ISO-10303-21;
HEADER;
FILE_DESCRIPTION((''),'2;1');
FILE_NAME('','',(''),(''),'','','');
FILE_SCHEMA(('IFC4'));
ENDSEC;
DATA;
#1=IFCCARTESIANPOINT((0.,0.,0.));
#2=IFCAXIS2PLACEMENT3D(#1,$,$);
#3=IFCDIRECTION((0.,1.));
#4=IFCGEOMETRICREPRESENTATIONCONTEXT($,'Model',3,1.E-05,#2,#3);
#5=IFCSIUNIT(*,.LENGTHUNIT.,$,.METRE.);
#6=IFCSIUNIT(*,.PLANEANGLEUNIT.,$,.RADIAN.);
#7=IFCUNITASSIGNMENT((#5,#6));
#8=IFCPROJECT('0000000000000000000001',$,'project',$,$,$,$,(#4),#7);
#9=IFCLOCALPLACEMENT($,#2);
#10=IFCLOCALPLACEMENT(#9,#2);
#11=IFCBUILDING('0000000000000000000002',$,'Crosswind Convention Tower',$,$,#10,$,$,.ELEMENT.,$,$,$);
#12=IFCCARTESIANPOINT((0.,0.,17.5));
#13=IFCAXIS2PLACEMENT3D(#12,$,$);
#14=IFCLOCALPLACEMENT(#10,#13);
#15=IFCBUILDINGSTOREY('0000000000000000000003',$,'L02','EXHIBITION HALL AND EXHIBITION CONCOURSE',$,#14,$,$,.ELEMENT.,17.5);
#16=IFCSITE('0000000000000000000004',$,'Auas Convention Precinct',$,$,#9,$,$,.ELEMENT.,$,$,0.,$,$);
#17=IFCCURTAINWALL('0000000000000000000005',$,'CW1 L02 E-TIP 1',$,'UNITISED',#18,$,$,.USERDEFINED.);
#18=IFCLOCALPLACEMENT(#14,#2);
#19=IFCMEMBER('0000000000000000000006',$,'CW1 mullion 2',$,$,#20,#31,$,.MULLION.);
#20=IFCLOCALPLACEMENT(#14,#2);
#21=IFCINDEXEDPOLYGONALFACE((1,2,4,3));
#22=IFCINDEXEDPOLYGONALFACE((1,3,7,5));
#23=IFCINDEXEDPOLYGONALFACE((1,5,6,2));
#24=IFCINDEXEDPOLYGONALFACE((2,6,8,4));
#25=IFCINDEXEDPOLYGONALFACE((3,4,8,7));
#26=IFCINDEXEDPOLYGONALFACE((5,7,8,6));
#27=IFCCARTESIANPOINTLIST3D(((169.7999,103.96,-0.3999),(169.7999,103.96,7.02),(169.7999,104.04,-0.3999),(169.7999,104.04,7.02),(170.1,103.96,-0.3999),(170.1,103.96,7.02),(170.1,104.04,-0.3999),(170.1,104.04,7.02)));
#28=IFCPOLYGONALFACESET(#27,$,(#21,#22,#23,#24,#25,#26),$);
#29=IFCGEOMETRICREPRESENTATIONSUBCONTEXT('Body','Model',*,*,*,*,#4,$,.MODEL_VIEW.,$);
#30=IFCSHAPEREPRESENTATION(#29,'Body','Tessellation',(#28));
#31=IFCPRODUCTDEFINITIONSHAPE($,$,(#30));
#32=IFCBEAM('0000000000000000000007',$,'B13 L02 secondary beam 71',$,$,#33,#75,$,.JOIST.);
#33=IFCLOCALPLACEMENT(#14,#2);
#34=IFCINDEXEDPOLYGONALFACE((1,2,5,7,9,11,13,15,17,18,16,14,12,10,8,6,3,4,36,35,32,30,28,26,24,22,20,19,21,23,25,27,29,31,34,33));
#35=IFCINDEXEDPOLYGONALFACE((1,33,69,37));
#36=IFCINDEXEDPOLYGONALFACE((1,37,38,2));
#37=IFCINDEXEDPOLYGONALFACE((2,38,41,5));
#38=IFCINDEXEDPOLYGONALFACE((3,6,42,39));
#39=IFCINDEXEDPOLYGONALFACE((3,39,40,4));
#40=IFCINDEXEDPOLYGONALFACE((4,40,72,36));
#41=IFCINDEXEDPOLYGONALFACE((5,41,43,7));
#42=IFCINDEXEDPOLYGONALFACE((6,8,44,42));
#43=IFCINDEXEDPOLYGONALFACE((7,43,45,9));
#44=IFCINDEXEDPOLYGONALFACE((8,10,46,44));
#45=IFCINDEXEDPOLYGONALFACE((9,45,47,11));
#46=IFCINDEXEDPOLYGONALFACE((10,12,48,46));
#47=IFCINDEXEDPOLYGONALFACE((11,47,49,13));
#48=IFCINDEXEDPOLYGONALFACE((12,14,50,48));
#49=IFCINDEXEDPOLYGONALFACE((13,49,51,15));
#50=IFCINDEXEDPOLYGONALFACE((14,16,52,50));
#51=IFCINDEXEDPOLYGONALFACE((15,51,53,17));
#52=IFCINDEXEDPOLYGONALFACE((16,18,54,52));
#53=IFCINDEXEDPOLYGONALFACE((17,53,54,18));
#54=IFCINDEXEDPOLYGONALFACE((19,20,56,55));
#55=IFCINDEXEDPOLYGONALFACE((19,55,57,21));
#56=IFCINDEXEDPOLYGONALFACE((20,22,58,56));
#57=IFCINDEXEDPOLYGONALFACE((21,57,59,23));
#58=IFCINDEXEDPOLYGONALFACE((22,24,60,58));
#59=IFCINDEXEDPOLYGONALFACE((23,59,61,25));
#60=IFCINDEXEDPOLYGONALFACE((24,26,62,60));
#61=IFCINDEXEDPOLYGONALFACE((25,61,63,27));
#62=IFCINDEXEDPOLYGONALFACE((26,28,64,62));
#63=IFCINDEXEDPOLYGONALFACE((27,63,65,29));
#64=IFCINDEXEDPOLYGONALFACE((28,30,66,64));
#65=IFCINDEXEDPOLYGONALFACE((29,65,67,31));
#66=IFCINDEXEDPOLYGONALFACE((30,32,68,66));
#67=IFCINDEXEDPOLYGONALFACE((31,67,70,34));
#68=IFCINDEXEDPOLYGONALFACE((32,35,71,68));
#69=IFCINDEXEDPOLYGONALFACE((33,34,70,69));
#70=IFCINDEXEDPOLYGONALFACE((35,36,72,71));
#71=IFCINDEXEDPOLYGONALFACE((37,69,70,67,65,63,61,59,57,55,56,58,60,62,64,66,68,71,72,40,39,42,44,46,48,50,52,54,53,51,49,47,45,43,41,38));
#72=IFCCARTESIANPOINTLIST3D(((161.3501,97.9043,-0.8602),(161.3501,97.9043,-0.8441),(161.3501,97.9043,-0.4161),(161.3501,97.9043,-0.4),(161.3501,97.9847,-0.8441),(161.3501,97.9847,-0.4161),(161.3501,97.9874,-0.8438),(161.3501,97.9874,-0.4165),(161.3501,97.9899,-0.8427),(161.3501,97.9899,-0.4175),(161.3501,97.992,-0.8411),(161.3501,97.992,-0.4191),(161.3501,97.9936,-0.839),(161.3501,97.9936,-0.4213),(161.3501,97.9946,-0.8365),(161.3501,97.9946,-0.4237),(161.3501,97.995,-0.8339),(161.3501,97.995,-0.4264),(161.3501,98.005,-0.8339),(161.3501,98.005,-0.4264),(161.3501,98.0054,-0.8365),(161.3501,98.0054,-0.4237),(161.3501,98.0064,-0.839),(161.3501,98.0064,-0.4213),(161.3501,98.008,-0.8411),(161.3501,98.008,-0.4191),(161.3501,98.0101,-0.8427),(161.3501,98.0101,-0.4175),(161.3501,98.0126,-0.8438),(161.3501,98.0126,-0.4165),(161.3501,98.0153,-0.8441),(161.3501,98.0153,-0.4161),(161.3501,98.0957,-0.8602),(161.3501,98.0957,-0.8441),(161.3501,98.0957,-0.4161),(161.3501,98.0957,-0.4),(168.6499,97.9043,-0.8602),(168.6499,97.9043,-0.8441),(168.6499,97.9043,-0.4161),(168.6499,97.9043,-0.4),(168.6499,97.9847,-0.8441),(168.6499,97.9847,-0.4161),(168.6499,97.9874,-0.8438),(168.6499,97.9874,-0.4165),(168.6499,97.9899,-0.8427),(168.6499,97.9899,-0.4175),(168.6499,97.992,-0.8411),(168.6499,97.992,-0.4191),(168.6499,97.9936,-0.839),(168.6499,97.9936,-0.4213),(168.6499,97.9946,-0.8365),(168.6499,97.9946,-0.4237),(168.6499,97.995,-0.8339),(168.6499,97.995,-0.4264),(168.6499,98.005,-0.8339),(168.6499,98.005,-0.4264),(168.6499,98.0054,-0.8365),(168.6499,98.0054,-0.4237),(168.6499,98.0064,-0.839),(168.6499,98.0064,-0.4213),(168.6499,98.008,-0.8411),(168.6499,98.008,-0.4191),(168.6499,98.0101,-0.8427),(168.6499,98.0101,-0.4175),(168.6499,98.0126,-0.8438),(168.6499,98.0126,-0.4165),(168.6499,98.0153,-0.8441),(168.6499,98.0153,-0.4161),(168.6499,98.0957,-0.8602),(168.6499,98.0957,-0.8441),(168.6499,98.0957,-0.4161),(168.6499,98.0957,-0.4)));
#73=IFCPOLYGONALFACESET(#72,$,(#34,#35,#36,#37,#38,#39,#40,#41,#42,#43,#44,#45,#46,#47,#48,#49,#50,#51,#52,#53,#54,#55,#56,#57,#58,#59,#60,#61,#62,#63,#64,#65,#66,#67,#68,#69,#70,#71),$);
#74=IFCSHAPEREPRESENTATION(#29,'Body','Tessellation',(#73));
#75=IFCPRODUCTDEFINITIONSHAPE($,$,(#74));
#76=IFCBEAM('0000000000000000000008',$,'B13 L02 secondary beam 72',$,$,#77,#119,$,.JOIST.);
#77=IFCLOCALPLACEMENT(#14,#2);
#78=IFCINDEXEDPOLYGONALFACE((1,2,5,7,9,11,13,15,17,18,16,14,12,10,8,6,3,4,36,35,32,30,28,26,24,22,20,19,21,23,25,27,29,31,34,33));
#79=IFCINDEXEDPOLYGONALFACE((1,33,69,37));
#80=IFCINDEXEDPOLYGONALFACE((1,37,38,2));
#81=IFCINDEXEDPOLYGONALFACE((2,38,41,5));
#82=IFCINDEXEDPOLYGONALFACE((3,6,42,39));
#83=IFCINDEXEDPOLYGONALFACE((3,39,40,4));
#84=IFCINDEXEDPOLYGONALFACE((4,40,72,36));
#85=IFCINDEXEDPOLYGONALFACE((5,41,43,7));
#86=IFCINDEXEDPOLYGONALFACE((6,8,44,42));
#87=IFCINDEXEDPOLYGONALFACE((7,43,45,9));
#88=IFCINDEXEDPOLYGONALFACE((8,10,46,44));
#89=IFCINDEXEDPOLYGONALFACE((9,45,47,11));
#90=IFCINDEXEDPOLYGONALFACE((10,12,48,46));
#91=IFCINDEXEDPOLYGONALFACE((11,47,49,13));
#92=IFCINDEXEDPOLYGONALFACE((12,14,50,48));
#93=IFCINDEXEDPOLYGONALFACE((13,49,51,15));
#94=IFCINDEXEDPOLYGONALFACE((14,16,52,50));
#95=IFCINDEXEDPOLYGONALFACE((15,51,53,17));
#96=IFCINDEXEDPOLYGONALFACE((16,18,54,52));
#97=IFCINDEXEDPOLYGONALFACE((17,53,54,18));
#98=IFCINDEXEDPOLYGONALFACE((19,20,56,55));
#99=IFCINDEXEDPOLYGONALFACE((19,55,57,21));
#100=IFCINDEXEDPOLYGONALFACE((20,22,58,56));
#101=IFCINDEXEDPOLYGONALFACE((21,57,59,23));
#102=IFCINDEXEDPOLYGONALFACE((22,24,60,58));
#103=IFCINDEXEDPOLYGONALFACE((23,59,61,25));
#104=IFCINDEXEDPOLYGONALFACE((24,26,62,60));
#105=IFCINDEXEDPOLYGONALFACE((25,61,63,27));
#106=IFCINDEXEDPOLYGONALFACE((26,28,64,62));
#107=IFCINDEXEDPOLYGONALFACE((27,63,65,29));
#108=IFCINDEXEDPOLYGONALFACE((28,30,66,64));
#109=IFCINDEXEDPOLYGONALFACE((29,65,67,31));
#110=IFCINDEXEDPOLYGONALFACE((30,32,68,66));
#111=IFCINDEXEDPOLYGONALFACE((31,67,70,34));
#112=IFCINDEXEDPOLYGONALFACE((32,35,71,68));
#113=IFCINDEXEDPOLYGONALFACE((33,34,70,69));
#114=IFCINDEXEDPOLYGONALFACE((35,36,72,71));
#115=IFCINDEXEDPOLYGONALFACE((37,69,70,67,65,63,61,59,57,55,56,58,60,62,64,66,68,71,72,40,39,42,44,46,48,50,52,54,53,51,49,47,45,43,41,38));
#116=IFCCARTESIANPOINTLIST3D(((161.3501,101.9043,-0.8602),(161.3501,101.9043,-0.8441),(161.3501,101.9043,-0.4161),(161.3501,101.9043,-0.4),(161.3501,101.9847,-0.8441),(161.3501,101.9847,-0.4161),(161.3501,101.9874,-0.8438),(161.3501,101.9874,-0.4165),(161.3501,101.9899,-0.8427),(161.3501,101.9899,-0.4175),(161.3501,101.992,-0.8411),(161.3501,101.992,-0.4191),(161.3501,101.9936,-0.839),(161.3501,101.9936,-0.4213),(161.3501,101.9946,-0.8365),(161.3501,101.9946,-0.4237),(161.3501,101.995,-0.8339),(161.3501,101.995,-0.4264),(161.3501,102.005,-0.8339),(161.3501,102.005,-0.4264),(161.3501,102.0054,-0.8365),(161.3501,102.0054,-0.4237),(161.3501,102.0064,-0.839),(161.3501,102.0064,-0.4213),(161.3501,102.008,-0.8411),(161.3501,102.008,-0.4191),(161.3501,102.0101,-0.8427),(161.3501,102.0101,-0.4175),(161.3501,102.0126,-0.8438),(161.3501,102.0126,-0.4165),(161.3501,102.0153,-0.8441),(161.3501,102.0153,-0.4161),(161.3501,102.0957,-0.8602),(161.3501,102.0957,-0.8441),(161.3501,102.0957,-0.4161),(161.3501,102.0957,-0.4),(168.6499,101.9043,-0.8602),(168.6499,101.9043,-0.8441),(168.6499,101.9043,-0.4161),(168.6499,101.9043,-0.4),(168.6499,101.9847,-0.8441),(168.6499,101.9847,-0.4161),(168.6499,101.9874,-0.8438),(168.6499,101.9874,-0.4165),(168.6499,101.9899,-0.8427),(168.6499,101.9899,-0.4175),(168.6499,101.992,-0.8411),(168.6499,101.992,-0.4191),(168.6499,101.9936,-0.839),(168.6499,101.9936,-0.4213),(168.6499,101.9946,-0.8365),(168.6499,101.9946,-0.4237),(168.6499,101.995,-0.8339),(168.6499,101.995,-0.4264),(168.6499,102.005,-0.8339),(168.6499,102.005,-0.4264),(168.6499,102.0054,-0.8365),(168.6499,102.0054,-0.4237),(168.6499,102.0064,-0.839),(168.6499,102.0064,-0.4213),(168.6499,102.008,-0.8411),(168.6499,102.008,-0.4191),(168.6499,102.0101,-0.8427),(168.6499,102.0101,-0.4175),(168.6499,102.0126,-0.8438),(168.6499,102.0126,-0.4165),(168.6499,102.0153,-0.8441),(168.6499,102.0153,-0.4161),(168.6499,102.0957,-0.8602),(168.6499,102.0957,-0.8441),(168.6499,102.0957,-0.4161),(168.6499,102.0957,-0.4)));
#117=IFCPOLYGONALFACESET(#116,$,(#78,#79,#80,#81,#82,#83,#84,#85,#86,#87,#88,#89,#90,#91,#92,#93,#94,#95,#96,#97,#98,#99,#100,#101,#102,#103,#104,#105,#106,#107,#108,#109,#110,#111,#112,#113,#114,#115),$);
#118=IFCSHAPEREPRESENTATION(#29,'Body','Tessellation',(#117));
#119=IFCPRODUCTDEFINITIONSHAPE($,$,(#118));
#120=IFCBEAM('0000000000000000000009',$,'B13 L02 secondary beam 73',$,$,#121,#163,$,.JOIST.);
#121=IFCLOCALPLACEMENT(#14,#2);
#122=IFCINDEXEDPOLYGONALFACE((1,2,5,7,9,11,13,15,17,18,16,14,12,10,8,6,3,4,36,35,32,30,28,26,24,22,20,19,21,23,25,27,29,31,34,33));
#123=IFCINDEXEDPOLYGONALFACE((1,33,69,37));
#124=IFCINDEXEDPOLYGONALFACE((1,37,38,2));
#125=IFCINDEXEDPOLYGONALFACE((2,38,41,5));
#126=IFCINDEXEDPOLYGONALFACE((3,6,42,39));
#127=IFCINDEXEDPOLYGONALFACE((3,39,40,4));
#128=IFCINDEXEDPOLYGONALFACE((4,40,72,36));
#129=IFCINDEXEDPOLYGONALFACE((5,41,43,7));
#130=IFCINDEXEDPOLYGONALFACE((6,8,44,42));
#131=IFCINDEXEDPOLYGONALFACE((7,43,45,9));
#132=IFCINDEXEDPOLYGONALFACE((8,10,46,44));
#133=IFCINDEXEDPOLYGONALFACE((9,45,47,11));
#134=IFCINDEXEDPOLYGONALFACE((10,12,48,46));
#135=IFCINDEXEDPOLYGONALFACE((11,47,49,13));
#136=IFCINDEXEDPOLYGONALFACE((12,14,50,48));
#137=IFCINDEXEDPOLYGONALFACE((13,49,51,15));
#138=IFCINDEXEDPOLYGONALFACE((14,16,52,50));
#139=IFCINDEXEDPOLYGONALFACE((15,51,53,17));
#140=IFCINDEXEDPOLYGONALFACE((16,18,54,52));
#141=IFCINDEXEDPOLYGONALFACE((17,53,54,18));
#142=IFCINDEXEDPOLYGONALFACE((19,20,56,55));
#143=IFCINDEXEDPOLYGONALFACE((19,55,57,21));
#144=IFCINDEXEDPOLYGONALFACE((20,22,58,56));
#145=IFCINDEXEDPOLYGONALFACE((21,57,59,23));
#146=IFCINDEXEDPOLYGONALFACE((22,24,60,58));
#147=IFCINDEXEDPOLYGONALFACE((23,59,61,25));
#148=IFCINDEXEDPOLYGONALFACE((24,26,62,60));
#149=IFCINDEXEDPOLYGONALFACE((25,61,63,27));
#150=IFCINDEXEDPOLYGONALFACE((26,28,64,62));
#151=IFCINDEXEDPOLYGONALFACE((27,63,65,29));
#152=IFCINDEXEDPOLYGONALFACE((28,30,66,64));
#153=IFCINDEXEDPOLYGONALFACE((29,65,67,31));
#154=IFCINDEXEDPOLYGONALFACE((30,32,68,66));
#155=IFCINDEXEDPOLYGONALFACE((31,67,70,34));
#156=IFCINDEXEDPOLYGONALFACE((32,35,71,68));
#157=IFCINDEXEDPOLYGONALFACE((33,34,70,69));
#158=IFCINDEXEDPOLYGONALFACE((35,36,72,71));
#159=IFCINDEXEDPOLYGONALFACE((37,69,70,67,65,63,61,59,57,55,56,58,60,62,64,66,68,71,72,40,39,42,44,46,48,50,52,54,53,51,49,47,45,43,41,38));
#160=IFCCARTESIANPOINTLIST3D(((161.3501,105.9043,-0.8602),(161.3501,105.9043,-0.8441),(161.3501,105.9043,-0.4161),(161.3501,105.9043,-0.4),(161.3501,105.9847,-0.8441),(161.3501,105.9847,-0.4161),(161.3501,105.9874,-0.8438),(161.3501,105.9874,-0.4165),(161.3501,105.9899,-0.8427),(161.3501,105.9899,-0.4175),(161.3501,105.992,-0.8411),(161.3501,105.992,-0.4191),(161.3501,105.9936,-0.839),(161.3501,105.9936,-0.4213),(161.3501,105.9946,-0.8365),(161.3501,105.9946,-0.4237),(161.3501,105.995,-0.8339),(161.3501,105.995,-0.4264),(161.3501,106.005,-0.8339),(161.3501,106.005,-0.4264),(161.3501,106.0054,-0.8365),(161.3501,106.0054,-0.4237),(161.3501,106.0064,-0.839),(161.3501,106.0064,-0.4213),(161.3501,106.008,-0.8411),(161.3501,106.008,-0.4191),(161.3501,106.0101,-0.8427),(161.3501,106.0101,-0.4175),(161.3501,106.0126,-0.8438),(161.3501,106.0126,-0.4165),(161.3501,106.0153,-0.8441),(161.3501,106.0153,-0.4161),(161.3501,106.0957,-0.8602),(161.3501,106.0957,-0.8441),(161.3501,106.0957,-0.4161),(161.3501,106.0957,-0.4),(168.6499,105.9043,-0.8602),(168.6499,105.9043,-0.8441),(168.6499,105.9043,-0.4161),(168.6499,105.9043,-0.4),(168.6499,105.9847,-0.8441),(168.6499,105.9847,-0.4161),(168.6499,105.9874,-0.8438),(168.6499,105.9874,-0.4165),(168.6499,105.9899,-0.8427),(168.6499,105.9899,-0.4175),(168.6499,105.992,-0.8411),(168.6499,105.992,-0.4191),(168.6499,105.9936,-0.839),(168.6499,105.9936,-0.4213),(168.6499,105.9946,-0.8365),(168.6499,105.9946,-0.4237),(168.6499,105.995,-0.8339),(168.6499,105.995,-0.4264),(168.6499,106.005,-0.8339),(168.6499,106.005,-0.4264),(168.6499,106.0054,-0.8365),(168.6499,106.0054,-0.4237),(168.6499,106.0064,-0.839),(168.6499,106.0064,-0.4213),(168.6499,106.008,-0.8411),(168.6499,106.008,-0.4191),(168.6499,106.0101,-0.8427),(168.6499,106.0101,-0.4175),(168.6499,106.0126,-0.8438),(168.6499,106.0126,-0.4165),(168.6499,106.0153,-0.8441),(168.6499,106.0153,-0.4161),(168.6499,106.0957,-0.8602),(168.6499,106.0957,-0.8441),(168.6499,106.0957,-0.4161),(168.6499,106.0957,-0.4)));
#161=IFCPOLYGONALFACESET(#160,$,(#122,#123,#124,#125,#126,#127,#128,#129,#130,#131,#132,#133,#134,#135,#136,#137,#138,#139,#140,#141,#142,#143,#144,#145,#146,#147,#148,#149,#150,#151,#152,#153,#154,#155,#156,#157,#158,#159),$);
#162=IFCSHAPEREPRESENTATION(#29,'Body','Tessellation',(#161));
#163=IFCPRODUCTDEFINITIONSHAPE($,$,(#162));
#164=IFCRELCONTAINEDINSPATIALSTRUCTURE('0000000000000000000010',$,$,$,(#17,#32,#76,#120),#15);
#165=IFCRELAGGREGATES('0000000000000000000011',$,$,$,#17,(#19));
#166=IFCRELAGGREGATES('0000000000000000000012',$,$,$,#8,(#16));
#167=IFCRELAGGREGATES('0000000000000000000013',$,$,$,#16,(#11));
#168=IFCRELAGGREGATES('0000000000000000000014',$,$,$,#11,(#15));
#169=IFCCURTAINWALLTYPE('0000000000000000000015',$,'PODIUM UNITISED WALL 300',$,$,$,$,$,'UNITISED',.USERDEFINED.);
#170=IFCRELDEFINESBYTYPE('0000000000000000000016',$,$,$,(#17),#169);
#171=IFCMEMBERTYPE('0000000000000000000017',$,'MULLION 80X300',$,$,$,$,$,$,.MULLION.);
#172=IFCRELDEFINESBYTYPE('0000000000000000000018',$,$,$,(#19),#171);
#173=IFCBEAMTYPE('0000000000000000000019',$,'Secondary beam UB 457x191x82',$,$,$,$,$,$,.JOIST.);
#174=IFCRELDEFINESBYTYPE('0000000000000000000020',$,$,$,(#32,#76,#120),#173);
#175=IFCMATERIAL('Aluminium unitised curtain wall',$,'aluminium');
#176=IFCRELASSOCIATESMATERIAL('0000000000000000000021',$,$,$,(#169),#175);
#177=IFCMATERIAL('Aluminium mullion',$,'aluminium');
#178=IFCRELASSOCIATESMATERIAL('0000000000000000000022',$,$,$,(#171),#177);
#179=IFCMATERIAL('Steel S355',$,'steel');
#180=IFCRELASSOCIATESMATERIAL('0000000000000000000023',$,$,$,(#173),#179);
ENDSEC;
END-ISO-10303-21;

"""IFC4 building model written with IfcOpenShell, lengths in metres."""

from ifc_helpers import new_model, si_unit, direction, frame, origin, origin_2d, place, context, subcontext, project, spatial, rectangle, i_section, extrude, material, material_profile, profile_set, type_object, element, aggregate, save


model = new_model("IFC4")

# Units and contexts
model_context = context("Model", 3, precision=1e-05, world=origin(), true_north=direction((0.0, 1.0)))
body_context = subcontext(model_context, "Body", "Model", "MODEL_VIEW")
ifc_project = project(units=[si_unit("LENGTHUNIT", "METRE"), si_unit("PLANEANGLEUNIT", "RADIAN")], contexts=[model_context])

# Site, building, storey
site_placement = place(None, origin())
site = spatial("IfcSite", under=ifc_project, at=site_placement, Name="Auas Convention Precinct", CompositionType="ELEMENT", RefElevation=0.0)
building_placement = place(site_placement, origin())
building = spatial("IfcBuilding", under=site, at=building_placement, Name="Crosswind Convention Tower", CompositionType="ELEMENT")
storey_placement = place(building_placement, frame((0.0, 0.0, 17.5)))
storey = spatial("IfcBuildingStorey", under=building, at=storey_placement, Name="L02", Description="EXHIBITION HALL AND EXHIBITION CONCOURSE", CompositionType="ELEMENT", Elevation=17.5)

# Curtain wall, member
ifc_material_1 = material(Name="Aluminium unitised curtain wall", Category="aluminium")
curtain_wall_type = type_object("IfcCurtainWallType", Name="PODIUM UNITISED WALL 300", ElementType="UNITISED", PredefinedType="USERDEFINED", material=ifc_material_1)
curtain_wall_placement = place(storey_placement, origin())
curtain_wall = element("IfcCurtainWall", 1, at=curtain_wall_placement, inside=storey, type_object=curtain_wall_type, Name="CW1 L02 E-TIP 1", ObjectType="UNITISED", PredefinedType="USERDEFINED")
ifc_material_2 = material(Name="Aluminium mullion", Category="aluminium")
ifc_material_profile_1 = material_profile(ifc_material_2, rectangle(XDim=0.3, YDim=0.0801, at=origin_2d()), Name="AL 300X80")
ifc_profile_set_1 = profile_set([ifc_material_profile_1], Name="Aluminium mullion")
member_type = type_object("IfcMemberType", Name="MULLION 80X300", PredefinedType="MULLION", material=ifc_profile_set_1)
member_placement = place(storey_placement, frame((169.95, 104.0, -0.3999), z_axis=(0.0, 0.0, 1.0), x_axis=(1.0, 0.0, 0.0)))
member = element("IfcMember", 2, at=member_placement, type_object=member_type, Name="CW1 mullion 2", PredefinedType="MULLION", context=body_context, shape_type="SweptSolid", body=[
    extrude(rectangle(XDim=0.3, YDim=0.0801, at=origin_2d()), origin(), (0.0, 0.0, 1.0), 7.4199),
])

# Beams
ifc_material_3 = material(Name="Steel S355", Category="steel")
ifc_material_profile_2 = material_profile(ifc_material_3, i_section(OverallWidth=0.1914, OverallDepth=0.4602, WebThickness=0.01, FlangeThickness=0.0161, FilletRadius=0.0103, at=origin_2d()), Name="UB 457x191x82")
ifc_profile_set_2 = profile_set([ifc_material_profile_2], Name="Steel S355")
beam_type_1 = type_object("IfcBeamType", Name="Secondary beam UB 457x191x82", PredefinedType="JOIST", material=ifc_profile_set_2)
for number, where, z_axis, x_axis, name in (
    (3, (161.3501, 98.0, -0.6301), (1.0, 0.0, 0.0), (0.0, 1.0, 0.0), "B13 L02 secondary beam 71"),
    (4, (161.3501, 102.0, -0.6301), (1.0, 0.0, 0.0), (0.0, 1.0, 0.0), "B13 L02 secondary beam 72"),
    (5, (161.3501, 106.0, -0.6301), (1.0, 0.0, 0.0), (0.0, 1.0, 0.0), "B13 L02 secondary beam 73"),
):
    element("IfcBeam", number, at=place(storey_placement, frame(where, z_axis=z_axis, x_axis=x_axis)), inside=storey, type_object=beam_type_1, Name=name, PredefinedType="JOIST", context=body_context, shape_type="SweptSolid", body=[
        extrude(i_section(OverallWidth=0.1914, OverallDepth=0.4602, WebThickness=0.01, FlangeThickness=0.0161, FilletRadius=0.0103, at=origin_2d()), origin(), (0.0, 0.0, 1.0), 7.2998),
    ])

aggregate(curtain_wall, [member])

save(model, "model.ifc")
